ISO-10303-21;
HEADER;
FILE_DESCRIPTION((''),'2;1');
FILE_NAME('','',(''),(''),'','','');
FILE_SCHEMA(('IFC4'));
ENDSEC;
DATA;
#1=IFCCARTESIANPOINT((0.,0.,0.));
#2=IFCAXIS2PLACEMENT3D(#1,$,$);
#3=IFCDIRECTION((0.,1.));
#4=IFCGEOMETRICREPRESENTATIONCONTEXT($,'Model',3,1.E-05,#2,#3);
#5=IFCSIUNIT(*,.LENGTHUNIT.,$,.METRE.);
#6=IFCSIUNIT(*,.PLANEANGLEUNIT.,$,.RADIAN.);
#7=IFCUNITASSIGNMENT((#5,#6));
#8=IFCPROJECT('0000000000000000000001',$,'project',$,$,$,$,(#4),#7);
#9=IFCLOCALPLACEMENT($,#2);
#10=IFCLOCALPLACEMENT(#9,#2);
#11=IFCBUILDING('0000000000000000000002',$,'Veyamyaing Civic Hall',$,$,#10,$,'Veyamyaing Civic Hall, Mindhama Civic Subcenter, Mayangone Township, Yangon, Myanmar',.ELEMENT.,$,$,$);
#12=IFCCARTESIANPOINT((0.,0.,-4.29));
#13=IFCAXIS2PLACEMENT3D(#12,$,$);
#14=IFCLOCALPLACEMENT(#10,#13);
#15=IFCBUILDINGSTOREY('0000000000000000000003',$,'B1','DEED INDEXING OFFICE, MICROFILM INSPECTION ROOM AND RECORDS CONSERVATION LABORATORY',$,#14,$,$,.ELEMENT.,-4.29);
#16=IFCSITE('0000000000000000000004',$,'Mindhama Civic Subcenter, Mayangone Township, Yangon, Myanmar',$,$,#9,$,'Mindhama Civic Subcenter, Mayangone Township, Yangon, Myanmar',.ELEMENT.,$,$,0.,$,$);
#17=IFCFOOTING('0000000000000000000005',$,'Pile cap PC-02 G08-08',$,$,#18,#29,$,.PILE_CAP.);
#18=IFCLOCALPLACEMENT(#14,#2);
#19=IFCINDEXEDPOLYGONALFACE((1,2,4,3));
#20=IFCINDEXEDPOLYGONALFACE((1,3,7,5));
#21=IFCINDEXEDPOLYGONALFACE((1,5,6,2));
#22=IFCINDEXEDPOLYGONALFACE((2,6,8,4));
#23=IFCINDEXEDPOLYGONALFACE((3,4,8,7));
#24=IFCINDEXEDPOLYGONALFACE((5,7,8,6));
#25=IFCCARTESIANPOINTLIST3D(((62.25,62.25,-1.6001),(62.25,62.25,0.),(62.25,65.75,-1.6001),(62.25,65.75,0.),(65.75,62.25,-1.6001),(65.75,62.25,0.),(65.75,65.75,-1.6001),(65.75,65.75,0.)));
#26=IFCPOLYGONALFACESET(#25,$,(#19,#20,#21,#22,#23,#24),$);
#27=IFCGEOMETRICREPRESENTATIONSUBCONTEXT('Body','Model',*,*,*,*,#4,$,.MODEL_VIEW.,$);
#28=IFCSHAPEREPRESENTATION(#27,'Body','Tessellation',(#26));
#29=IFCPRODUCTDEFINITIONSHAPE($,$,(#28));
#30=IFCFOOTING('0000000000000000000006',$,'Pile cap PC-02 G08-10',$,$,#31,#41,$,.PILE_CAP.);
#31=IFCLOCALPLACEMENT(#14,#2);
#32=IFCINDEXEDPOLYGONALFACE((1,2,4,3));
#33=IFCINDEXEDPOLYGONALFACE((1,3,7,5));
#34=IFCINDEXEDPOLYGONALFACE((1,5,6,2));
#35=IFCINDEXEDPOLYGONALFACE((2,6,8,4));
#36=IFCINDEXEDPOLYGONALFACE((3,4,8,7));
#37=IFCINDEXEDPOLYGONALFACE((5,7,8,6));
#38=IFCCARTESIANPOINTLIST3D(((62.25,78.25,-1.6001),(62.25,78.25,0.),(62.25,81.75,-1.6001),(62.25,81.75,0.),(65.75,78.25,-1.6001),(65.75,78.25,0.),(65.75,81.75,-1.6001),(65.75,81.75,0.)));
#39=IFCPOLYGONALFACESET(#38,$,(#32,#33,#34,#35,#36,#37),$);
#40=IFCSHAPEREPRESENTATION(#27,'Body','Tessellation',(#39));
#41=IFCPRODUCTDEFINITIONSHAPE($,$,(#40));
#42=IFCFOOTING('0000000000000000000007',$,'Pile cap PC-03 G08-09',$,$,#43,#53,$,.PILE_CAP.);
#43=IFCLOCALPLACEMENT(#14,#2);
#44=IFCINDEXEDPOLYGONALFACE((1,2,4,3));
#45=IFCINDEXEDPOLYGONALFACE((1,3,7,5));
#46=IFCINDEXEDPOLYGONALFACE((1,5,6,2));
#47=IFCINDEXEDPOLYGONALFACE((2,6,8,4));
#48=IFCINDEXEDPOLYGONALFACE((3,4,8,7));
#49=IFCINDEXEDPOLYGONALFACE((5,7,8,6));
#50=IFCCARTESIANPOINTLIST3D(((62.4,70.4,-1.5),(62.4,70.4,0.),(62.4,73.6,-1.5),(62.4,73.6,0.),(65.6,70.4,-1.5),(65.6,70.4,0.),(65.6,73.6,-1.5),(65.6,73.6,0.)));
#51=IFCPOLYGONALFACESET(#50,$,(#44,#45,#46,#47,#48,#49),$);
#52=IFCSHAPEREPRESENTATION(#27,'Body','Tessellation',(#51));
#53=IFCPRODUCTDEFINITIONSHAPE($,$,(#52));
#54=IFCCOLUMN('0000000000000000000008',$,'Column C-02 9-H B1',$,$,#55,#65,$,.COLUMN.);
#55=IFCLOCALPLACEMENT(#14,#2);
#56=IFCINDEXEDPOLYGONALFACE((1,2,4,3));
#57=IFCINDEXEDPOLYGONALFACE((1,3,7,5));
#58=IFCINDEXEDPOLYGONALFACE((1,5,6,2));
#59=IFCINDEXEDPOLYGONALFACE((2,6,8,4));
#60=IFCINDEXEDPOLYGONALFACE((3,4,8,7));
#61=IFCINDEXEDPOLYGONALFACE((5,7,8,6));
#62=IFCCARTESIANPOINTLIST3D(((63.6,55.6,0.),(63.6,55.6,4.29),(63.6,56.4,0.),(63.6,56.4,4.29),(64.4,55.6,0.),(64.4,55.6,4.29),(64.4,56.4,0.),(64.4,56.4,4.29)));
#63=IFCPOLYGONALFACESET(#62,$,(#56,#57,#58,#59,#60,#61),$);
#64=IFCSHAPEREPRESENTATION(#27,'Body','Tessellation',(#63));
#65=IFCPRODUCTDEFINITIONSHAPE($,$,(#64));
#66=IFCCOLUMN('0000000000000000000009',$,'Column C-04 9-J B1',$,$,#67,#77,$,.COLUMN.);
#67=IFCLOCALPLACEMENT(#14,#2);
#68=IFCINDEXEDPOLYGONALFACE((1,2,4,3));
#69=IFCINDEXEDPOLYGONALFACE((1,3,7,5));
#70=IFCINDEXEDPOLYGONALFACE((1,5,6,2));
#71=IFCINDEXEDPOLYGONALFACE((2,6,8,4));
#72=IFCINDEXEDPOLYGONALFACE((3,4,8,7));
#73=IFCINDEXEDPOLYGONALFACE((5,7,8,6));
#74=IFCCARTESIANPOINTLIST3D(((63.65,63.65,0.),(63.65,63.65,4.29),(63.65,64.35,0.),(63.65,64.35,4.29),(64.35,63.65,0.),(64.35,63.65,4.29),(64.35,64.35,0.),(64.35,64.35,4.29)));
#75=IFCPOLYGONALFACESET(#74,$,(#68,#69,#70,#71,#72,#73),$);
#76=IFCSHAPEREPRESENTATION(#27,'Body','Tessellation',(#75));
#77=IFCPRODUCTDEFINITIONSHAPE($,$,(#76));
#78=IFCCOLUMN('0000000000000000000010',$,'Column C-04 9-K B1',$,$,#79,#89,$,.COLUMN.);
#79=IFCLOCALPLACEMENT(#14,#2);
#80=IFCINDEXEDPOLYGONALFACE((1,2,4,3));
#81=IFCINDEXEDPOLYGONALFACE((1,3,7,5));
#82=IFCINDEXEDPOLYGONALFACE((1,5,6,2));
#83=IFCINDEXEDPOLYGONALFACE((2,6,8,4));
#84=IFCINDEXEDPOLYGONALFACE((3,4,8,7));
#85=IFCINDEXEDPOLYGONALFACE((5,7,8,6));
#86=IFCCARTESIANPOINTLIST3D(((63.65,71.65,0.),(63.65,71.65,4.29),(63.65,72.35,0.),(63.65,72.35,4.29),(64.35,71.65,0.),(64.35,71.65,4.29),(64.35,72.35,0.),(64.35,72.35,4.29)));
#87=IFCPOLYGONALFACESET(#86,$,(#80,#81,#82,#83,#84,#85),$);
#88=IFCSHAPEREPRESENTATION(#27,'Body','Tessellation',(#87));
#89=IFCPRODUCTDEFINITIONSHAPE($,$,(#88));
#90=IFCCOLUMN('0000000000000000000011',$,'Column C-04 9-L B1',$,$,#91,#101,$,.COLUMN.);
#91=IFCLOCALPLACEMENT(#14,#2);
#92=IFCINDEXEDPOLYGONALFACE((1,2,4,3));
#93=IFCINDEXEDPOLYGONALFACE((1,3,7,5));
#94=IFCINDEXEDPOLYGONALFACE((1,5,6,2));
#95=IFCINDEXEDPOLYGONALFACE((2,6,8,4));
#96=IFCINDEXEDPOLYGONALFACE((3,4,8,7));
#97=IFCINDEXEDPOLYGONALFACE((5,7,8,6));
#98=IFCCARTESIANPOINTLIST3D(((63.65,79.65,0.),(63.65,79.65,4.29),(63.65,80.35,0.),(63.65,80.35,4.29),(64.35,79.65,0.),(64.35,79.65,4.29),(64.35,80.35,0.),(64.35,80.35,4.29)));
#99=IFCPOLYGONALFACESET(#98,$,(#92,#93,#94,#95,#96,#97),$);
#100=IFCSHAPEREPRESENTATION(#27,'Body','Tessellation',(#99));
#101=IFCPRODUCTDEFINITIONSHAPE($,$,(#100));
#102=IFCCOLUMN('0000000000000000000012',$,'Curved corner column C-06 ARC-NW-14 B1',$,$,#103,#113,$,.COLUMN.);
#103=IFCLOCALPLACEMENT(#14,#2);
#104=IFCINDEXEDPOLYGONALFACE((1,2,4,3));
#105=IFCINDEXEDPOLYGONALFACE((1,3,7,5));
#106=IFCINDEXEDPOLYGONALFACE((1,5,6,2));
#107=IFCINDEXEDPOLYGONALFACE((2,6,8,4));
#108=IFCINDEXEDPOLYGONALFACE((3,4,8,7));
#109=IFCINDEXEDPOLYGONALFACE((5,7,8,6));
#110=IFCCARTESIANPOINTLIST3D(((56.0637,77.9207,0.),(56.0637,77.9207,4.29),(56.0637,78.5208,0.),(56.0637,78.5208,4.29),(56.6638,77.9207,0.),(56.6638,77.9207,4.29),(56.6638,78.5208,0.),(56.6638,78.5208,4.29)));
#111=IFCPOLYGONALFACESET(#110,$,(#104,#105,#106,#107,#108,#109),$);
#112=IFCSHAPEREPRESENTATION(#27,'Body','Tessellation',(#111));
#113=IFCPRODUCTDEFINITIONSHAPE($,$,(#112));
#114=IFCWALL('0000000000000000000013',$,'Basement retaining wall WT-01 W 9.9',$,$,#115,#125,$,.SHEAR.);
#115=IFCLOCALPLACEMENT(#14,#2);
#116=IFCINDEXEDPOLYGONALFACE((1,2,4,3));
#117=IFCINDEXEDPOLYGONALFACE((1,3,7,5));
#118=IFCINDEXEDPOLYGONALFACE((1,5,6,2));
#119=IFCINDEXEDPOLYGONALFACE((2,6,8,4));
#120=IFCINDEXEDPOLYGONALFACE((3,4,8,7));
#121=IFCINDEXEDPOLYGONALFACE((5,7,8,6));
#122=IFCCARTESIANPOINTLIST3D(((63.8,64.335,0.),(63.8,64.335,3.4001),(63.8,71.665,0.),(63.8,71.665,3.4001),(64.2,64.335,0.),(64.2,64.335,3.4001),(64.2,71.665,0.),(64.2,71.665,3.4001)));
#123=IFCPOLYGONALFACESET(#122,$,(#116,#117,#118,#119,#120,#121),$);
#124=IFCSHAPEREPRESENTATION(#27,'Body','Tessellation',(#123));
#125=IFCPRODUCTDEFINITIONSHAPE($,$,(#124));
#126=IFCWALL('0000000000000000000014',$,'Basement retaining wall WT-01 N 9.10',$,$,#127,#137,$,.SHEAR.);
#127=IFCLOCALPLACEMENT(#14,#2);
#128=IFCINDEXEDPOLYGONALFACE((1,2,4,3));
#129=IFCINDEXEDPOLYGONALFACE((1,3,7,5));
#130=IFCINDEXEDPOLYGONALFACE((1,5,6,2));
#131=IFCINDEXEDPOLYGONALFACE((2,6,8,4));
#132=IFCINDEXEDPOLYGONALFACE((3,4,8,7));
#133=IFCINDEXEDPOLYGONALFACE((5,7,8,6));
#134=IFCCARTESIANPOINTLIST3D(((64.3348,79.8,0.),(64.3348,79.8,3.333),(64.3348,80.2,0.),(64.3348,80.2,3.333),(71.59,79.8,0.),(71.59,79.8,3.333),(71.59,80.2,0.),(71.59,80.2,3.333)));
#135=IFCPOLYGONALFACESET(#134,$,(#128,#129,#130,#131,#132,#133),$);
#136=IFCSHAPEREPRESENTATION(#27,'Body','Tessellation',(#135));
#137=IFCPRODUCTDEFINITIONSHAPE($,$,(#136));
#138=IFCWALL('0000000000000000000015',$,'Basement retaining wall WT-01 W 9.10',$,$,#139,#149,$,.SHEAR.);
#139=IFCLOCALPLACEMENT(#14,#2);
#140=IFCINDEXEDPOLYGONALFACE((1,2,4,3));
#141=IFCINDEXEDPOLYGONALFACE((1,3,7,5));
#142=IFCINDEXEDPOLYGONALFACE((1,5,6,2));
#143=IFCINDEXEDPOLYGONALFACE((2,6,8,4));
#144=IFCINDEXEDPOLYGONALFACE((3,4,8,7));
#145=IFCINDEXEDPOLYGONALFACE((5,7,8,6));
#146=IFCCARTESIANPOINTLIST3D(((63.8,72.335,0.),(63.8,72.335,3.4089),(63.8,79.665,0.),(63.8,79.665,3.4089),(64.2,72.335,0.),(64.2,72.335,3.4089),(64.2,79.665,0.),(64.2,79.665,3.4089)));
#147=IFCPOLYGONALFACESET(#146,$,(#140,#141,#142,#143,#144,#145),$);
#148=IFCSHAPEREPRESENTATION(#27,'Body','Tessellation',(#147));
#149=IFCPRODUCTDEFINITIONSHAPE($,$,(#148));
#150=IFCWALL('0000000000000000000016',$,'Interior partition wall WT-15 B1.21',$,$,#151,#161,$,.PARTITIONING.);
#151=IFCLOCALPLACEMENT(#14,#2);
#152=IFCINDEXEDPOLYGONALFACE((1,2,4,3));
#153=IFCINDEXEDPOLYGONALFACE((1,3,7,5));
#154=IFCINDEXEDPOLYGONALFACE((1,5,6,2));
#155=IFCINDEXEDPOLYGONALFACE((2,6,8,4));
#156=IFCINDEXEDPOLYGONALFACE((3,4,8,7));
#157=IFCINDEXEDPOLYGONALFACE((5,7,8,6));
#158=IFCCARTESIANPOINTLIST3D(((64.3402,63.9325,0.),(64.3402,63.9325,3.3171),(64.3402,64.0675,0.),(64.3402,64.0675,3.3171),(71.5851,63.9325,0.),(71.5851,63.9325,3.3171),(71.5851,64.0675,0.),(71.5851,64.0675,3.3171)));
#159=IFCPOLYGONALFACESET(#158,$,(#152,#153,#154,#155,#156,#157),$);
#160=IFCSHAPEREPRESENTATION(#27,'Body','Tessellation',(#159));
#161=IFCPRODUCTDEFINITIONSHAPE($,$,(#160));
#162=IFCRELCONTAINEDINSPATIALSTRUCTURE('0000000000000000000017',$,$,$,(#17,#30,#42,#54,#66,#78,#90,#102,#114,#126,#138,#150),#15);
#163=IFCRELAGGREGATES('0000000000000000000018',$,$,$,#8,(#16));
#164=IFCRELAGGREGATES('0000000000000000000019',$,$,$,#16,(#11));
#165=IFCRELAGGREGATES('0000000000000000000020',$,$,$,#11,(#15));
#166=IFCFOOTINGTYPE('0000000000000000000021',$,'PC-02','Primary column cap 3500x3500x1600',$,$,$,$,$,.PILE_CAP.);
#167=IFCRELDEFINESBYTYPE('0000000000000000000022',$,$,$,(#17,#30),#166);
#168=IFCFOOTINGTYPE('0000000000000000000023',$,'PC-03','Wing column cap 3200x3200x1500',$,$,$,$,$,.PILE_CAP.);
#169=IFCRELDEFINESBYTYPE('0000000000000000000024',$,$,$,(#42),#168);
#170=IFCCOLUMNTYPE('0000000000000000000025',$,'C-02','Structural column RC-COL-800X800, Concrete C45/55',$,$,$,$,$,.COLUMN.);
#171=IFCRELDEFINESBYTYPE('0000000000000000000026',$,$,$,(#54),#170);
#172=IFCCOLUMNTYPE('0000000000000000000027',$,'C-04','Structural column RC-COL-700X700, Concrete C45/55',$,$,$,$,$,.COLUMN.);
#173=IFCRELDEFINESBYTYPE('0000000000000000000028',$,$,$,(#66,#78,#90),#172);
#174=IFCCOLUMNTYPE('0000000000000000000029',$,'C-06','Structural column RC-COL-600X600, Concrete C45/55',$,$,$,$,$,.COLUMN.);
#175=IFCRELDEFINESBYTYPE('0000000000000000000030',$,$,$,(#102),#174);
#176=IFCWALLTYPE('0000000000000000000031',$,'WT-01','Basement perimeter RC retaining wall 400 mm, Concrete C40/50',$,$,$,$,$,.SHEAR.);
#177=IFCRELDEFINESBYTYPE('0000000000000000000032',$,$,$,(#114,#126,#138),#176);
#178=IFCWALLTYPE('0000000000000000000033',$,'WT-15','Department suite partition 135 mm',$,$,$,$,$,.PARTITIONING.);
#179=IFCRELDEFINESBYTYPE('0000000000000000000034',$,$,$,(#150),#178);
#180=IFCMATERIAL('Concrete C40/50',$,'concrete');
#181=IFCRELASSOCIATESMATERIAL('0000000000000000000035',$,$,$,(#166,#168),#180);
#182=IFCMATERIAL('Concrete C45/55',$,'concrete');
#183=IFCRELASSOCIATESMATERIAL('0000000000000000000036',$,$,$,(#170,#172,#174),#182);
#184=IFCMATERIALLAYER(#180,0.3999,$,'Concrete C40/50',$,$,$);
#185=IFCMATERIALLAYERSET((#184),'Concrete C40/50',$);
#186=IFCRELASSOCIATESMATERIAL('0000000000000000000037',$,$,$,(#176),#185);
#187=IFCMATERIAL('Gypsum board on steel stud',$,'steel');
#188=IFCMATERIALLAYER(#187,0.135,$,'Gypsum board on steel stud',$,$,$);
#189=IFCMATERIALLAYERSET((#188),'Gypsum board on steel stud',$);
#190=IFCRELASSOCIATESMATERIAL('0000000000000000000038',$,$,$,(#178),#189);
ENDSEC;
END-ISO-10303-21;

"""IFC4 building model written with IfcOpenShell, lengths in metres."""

from ifc_helpers import new_model, si_unit, direction, frame, frame_2d, origin, origin_2d, place, context, subcontext, project, spatial, rectangle, extrude, material, layer, layer_set, material_profile, profile_set, type_object, element, save


model = new_model("IFC4")

# Units and contexts
model_context = context("Model", 3, precision=1e-05, world=origin(), true_north=direction((0.0, 1.0)))
body_context = subcontext(model_context, "Body", "Model", "MODEL_VIEW")
ifc_project = project(units=[si_unit("LENGTHUNIT", "METRE"), si_unit("PLANEANGLEUNIT", "RADIAN")], contexts=[model_context])

# Site, building, storey
site_placement = place(None, origin())
site = spatial("IfcSite", under=ifc_project, at=site_placement, Name="Mindhama Civic Subcenter, Mayangone Township, Yangon, Myanmar", LongName="Mindhama Civic Subcenter, Mayangone Township, Yangon, Myanmar", CompositionType="ELEMENT", RefElevation=0.0)
building_placement = place(site_placement, origin())
building = spatial("IfcBuilding", under=site, at=building_placement, Name="Veyamyaing Civic Hall", LongName="Veyamyaing Civic Hall, Mindhama Civic Subcenter, Mayangone Township, Yangon, Myanmar", CompositionType="ELEMENT")
storey_placement = place(building_placement, frame((0.0, 0.0, -4.29)))
storey = spatial("IfcBuildingStorey", under=building, at=storey_placement, Name="B1", Description="DEED INDEXING OFFICE, MICROFILM INSPECTION ROOM AND RECORDS CONSERVATION LABORATORY", CompositionType="ELEMENT", Elevation=-4.29)

# Shared definitions
ifc_material_1 = material(Name="Concrete C40/50", Category="concrete")

# Footings
footing_type_1 = type_object("IfcFootingType", Name="PC-02", Description="Primary column cap 3500x3500x1600", PredefinedType="PILE_CAP", material=ifc_material_1)
for number, where, z_axis, x_axis, name in (
    (1, (64.0, 64.0, -1.6001), (0.0, 0.0, 1.0), (1.0, 0.0, 0.0), "Pile cap PC-02 G08-08"),
    (2, (64.0, 80.0, -1.6001), (0.0, 0.0, 1.0), (1.0, 0.0, 0.0), "Pile cap PC-02 G08-10"),
):
    element("IfcFooting", number, at=place(storey_placement, frame(where, z_axis=z_axis, x_axis=x_axis)), inside=storey, type_object=footing_type_1, Name=name, PredefinedType="PILE_CAP", context=body_context, shape_type="SweptSolid", body=[
        extrude(rectangle(XDim=3.5, YDim=3.5, at=origin_2d()), origin(), (0.0, 0.0, 1.0), 1.6001),
    ])
footing_type_2 = type_object("IfcFootingType", Name="PC-03", Description="Wing column cap 3200x3200x1500", PredefinedType="PILE_CAP", material=ifc_material_1)
footing_1_placement = place(storey_placement, frame((64.0, 72.0, -1.5), z_axis=(0.0, 0.0, 1.0), x_axis=(1.0, 0.0, 0.0)))
element("IfcFooting", 3, at=footing_1_placement, inside=storey, type_object=footing_type_2, Name="Pile cap PC-03 G08-09", PredefinedType="PILE_CAP", context=body_context, shape_type="SweptSolid", body=[
    extrude(rectangle(XDim=3.2, YDim=3.2, at=origin_2d()), origin(), (0.0, 0.0, 1.0), 1.5),
])

# Columns
ifc_material_2 = material(Name="Concrete C45/55", Category="concrete")
ifc_material_profile_1 = material_profile(ifc_material_2, rectangle(XDim=0.8, YDim=0.8, at=origin_2d()), Name="RC-COL-800X800")
ifc_profile_set_1 = profile_set([ifc_material_profile_1], Name="Concrete C45/55")
column_type_1 = type_object("IfcColumnType", Name="C-02", Description="Structural column RC-COL-800X800, Concrete C45/55", PredefinedType="COLUMN", material=ifc_profile_set_1)
column_1_placement = place(storey_placement, frame((64.0, 56.0, 0.0), z_axis=(0.0, 0.0, 1.0), x_axis=(1.0, 0.0, 0.0)))
element("IfcColumn", 4, at=column_1_placement, inside=storey, type_object=column_type_1, Name="Column C-02 9-H B1", PredefinedType="COLUMN", context=body_context, shape_type="SweptSolid", body=[
    extrude(rectangle(XDim=0.8, YDim=0.8, at=origin_2d()), origin(), (0.0, 0.0, 1.0), 4.29),
])
ifc_material_profile_2 = material_profile(ifc_material_2, rectangle(XDim=0.7, YDim=0.7, at=origin_2d()), Name="RC-COL-700X700")
ifc_profile_set_2 = profile_set([ifc_material_profile_2], Name="Concrete C45/55")
column_type_2 = type_object("IfcColumnType", Name="C-04", Description="Structural column RC-COL-700X700, Concrete C45/55", PredefinedType="COLUMN", material=ifc_profile_set_2)
for number, where, z_axis, x_axis, name in (
    (5, (64.0, 64.0, 0.0), (0.0, 0.0, 1.0), (1.0, 0.0, 0.0), "Column C-04 9-J B1"),
    (6, (64.0, 72.0, 0.0), (0.0, 0.0, 1.0), (1.0, 0.0, 0.0), "Column C-04 9-K B1"),
    (7, (64.0, 80.0, 0.0), (0.0, 0.0, 1.0), (1.0, 0.0, 0.0), "Column C-04 9-L B1"),
):
    element("IfcColumn", number, at=place(storey_placement, frame(where, z_axis=z_axis, x_axis=x_axis)), inside=storey, type_object=column_type_2, Name=name, PredefinedType="COLUMN", context=body_context, shape_type="SweptSolid", body=[
        extrude(rectangle(XDim=0.7, YDim=0.7, at=origin_2d()), origin(), (0.0, 0.0, 1.0), 4.29),
    ])
ifc_material_profile_3 = material_profile(ifc_material_2, rectangle(XDim=0.6001, YDim=0.6001, at=origin_2d()), Name="RC-COL-600X600")
ifc_profile_set_3 = profile_set([ifc_material_profile_3], Name="Concrete C45/55")
column_type_3 = type_object("IfcColumnType", Name="C-06", Description="Structural column RC-COL-600X600, Concrete C45/55", PredefinedType="COLUMN", material=ifc_profile_set_3)
column_2_placement = place(storey_placement, frame((56.3638, 78.2207, 0.0), z_axis=(0.0, 0.0, 1.0), x_axis=(1.0, 0.0, 0.0)))
element("IfcColumn", 8, at=column_2_placement, inside=storey, type_object=column_type_3, Name="Curved corner column C-06 ARC-NW-14 B1", PredefinedType="COLUMN", context=body_context, shape_type="SweptSolid", body=[
    extrude(rectangle(XDim=0.6001, YDim=0.6001, at=origin_2d()), origin(), (0.0, 0.0, 1.0), 4.29),
])

# Walls
ifc_layer_1 = layer(ifc_material_1, 0.3999, Name="Concrete C40/50")
ifc_layer_set_1 = layer_set([ifc_layer_1], Name="Concrete C40/50")
wall_type_1 = type_object("IfcWallType", Name="WT-01", Description="Basement perimeter RC retaining wall 400 mm, Concrete C40/50", PredefinedType="SHEAR", material=ifc_layer_set_1)
wall_1_placement = place(storey_placement, frame((64.0, 64.335, 0.0), z_axis=(0.0, 0.0, 1.0), x_axis=(0.0, 1.0, 0.0)))
element("IfcWall", 9, at=wall_1_placement, inside=storey, type_object=wall_type_1, Name="Basement retaining wall WT-01 W 9.9", PredefinedType="SHEAR", context=body_context, shape_type="SweptSolid", body=[
    extrude(rectangle(XDim=7.3301, YDim=0.3999, at=frame_2d((3.665, 0.0))), origin(), (0.0, 0.0, 1.0), 3.4001),
])
wall_2_placement = place(storey_placement, frame((64.335, 80.0, 0.0), z_axis=(0.0, 0.0, 1.0), x_axis=(1.0, 0.0, 0.0)))
element("IfcWall", 10, at=wall_2_placement, inside=storey, type_object=wall_type_1, Name="Basement retaining wall WT-01 N 9.10", PredefinedType="SHEAR", context=body_context, shape_type="SweptSolid", body=[
    extrude(rectangle(XDim=7.2551, YDim=0.3999, at=frame_2d((3.6274, 0.0))), origin(), (0.0, 0.0, 1.0), 3.333),
])
wall_3_placement = place(storey_placement, frame((64.0, 72.335, 0.0), z_axis=(0.0, 0.0, 1.0), x_axis=(0.0, 1.0, 0.0)))
element("IfcWall", 11, at=wall_3_placement, inside=storey, type_object=wall_type_1, Name="Basement retaining wall WT-01 W 9.10", PredefinedType="SHEAR", context=body_context, shape_type="SweptSolid", body=[
    extrude(rectangle(XDim=7.3301, YDim=0.3999, at=frame_2d((3.665, 0.0))), origin(), (0.0, 0.0, 1.0), 3.4089),
])
ifc_material_3 = material(Name="Gypsum board on steel stud", Category="steel")
ifc_layer_2 = layer(ifc_material_3, 0.135, Name="Gypsum board on steel stud")
ifc_layer_set_2 = layer_set([ifc_layer_2], Name="Gypsum board on steel stud")
wall_type_2 = type_object("IfcWallType", Name="WT-15", Description="Department suite partition 135 mm", PredefinedType="PARTITIONING", material=ifc_layer_set_2)
wall_4_placement = place(storey_placement, frame((64.3401, 64.0, 0.0), z_axis=(0.0, 0.0, 1.0), x_axis=(1.0, 0.0, 0.0)))
element("IfcWall", 12, at=wall_4_placement, inside=storey, type_object=wall_type_2, Name="Interior partition wall WT-15 B1.21", PredefinedType="PARTITIONING", context=body_context, shape_type="SweptSolid", body=[
    extrude(rectangle(XDim=7.2449, YDim=0.135, at=frame_2d((3.6226, 0.0))), origin(), (0.0, 0.0, 1.0), 3.3171),
])

save(model, "model.ifc")
